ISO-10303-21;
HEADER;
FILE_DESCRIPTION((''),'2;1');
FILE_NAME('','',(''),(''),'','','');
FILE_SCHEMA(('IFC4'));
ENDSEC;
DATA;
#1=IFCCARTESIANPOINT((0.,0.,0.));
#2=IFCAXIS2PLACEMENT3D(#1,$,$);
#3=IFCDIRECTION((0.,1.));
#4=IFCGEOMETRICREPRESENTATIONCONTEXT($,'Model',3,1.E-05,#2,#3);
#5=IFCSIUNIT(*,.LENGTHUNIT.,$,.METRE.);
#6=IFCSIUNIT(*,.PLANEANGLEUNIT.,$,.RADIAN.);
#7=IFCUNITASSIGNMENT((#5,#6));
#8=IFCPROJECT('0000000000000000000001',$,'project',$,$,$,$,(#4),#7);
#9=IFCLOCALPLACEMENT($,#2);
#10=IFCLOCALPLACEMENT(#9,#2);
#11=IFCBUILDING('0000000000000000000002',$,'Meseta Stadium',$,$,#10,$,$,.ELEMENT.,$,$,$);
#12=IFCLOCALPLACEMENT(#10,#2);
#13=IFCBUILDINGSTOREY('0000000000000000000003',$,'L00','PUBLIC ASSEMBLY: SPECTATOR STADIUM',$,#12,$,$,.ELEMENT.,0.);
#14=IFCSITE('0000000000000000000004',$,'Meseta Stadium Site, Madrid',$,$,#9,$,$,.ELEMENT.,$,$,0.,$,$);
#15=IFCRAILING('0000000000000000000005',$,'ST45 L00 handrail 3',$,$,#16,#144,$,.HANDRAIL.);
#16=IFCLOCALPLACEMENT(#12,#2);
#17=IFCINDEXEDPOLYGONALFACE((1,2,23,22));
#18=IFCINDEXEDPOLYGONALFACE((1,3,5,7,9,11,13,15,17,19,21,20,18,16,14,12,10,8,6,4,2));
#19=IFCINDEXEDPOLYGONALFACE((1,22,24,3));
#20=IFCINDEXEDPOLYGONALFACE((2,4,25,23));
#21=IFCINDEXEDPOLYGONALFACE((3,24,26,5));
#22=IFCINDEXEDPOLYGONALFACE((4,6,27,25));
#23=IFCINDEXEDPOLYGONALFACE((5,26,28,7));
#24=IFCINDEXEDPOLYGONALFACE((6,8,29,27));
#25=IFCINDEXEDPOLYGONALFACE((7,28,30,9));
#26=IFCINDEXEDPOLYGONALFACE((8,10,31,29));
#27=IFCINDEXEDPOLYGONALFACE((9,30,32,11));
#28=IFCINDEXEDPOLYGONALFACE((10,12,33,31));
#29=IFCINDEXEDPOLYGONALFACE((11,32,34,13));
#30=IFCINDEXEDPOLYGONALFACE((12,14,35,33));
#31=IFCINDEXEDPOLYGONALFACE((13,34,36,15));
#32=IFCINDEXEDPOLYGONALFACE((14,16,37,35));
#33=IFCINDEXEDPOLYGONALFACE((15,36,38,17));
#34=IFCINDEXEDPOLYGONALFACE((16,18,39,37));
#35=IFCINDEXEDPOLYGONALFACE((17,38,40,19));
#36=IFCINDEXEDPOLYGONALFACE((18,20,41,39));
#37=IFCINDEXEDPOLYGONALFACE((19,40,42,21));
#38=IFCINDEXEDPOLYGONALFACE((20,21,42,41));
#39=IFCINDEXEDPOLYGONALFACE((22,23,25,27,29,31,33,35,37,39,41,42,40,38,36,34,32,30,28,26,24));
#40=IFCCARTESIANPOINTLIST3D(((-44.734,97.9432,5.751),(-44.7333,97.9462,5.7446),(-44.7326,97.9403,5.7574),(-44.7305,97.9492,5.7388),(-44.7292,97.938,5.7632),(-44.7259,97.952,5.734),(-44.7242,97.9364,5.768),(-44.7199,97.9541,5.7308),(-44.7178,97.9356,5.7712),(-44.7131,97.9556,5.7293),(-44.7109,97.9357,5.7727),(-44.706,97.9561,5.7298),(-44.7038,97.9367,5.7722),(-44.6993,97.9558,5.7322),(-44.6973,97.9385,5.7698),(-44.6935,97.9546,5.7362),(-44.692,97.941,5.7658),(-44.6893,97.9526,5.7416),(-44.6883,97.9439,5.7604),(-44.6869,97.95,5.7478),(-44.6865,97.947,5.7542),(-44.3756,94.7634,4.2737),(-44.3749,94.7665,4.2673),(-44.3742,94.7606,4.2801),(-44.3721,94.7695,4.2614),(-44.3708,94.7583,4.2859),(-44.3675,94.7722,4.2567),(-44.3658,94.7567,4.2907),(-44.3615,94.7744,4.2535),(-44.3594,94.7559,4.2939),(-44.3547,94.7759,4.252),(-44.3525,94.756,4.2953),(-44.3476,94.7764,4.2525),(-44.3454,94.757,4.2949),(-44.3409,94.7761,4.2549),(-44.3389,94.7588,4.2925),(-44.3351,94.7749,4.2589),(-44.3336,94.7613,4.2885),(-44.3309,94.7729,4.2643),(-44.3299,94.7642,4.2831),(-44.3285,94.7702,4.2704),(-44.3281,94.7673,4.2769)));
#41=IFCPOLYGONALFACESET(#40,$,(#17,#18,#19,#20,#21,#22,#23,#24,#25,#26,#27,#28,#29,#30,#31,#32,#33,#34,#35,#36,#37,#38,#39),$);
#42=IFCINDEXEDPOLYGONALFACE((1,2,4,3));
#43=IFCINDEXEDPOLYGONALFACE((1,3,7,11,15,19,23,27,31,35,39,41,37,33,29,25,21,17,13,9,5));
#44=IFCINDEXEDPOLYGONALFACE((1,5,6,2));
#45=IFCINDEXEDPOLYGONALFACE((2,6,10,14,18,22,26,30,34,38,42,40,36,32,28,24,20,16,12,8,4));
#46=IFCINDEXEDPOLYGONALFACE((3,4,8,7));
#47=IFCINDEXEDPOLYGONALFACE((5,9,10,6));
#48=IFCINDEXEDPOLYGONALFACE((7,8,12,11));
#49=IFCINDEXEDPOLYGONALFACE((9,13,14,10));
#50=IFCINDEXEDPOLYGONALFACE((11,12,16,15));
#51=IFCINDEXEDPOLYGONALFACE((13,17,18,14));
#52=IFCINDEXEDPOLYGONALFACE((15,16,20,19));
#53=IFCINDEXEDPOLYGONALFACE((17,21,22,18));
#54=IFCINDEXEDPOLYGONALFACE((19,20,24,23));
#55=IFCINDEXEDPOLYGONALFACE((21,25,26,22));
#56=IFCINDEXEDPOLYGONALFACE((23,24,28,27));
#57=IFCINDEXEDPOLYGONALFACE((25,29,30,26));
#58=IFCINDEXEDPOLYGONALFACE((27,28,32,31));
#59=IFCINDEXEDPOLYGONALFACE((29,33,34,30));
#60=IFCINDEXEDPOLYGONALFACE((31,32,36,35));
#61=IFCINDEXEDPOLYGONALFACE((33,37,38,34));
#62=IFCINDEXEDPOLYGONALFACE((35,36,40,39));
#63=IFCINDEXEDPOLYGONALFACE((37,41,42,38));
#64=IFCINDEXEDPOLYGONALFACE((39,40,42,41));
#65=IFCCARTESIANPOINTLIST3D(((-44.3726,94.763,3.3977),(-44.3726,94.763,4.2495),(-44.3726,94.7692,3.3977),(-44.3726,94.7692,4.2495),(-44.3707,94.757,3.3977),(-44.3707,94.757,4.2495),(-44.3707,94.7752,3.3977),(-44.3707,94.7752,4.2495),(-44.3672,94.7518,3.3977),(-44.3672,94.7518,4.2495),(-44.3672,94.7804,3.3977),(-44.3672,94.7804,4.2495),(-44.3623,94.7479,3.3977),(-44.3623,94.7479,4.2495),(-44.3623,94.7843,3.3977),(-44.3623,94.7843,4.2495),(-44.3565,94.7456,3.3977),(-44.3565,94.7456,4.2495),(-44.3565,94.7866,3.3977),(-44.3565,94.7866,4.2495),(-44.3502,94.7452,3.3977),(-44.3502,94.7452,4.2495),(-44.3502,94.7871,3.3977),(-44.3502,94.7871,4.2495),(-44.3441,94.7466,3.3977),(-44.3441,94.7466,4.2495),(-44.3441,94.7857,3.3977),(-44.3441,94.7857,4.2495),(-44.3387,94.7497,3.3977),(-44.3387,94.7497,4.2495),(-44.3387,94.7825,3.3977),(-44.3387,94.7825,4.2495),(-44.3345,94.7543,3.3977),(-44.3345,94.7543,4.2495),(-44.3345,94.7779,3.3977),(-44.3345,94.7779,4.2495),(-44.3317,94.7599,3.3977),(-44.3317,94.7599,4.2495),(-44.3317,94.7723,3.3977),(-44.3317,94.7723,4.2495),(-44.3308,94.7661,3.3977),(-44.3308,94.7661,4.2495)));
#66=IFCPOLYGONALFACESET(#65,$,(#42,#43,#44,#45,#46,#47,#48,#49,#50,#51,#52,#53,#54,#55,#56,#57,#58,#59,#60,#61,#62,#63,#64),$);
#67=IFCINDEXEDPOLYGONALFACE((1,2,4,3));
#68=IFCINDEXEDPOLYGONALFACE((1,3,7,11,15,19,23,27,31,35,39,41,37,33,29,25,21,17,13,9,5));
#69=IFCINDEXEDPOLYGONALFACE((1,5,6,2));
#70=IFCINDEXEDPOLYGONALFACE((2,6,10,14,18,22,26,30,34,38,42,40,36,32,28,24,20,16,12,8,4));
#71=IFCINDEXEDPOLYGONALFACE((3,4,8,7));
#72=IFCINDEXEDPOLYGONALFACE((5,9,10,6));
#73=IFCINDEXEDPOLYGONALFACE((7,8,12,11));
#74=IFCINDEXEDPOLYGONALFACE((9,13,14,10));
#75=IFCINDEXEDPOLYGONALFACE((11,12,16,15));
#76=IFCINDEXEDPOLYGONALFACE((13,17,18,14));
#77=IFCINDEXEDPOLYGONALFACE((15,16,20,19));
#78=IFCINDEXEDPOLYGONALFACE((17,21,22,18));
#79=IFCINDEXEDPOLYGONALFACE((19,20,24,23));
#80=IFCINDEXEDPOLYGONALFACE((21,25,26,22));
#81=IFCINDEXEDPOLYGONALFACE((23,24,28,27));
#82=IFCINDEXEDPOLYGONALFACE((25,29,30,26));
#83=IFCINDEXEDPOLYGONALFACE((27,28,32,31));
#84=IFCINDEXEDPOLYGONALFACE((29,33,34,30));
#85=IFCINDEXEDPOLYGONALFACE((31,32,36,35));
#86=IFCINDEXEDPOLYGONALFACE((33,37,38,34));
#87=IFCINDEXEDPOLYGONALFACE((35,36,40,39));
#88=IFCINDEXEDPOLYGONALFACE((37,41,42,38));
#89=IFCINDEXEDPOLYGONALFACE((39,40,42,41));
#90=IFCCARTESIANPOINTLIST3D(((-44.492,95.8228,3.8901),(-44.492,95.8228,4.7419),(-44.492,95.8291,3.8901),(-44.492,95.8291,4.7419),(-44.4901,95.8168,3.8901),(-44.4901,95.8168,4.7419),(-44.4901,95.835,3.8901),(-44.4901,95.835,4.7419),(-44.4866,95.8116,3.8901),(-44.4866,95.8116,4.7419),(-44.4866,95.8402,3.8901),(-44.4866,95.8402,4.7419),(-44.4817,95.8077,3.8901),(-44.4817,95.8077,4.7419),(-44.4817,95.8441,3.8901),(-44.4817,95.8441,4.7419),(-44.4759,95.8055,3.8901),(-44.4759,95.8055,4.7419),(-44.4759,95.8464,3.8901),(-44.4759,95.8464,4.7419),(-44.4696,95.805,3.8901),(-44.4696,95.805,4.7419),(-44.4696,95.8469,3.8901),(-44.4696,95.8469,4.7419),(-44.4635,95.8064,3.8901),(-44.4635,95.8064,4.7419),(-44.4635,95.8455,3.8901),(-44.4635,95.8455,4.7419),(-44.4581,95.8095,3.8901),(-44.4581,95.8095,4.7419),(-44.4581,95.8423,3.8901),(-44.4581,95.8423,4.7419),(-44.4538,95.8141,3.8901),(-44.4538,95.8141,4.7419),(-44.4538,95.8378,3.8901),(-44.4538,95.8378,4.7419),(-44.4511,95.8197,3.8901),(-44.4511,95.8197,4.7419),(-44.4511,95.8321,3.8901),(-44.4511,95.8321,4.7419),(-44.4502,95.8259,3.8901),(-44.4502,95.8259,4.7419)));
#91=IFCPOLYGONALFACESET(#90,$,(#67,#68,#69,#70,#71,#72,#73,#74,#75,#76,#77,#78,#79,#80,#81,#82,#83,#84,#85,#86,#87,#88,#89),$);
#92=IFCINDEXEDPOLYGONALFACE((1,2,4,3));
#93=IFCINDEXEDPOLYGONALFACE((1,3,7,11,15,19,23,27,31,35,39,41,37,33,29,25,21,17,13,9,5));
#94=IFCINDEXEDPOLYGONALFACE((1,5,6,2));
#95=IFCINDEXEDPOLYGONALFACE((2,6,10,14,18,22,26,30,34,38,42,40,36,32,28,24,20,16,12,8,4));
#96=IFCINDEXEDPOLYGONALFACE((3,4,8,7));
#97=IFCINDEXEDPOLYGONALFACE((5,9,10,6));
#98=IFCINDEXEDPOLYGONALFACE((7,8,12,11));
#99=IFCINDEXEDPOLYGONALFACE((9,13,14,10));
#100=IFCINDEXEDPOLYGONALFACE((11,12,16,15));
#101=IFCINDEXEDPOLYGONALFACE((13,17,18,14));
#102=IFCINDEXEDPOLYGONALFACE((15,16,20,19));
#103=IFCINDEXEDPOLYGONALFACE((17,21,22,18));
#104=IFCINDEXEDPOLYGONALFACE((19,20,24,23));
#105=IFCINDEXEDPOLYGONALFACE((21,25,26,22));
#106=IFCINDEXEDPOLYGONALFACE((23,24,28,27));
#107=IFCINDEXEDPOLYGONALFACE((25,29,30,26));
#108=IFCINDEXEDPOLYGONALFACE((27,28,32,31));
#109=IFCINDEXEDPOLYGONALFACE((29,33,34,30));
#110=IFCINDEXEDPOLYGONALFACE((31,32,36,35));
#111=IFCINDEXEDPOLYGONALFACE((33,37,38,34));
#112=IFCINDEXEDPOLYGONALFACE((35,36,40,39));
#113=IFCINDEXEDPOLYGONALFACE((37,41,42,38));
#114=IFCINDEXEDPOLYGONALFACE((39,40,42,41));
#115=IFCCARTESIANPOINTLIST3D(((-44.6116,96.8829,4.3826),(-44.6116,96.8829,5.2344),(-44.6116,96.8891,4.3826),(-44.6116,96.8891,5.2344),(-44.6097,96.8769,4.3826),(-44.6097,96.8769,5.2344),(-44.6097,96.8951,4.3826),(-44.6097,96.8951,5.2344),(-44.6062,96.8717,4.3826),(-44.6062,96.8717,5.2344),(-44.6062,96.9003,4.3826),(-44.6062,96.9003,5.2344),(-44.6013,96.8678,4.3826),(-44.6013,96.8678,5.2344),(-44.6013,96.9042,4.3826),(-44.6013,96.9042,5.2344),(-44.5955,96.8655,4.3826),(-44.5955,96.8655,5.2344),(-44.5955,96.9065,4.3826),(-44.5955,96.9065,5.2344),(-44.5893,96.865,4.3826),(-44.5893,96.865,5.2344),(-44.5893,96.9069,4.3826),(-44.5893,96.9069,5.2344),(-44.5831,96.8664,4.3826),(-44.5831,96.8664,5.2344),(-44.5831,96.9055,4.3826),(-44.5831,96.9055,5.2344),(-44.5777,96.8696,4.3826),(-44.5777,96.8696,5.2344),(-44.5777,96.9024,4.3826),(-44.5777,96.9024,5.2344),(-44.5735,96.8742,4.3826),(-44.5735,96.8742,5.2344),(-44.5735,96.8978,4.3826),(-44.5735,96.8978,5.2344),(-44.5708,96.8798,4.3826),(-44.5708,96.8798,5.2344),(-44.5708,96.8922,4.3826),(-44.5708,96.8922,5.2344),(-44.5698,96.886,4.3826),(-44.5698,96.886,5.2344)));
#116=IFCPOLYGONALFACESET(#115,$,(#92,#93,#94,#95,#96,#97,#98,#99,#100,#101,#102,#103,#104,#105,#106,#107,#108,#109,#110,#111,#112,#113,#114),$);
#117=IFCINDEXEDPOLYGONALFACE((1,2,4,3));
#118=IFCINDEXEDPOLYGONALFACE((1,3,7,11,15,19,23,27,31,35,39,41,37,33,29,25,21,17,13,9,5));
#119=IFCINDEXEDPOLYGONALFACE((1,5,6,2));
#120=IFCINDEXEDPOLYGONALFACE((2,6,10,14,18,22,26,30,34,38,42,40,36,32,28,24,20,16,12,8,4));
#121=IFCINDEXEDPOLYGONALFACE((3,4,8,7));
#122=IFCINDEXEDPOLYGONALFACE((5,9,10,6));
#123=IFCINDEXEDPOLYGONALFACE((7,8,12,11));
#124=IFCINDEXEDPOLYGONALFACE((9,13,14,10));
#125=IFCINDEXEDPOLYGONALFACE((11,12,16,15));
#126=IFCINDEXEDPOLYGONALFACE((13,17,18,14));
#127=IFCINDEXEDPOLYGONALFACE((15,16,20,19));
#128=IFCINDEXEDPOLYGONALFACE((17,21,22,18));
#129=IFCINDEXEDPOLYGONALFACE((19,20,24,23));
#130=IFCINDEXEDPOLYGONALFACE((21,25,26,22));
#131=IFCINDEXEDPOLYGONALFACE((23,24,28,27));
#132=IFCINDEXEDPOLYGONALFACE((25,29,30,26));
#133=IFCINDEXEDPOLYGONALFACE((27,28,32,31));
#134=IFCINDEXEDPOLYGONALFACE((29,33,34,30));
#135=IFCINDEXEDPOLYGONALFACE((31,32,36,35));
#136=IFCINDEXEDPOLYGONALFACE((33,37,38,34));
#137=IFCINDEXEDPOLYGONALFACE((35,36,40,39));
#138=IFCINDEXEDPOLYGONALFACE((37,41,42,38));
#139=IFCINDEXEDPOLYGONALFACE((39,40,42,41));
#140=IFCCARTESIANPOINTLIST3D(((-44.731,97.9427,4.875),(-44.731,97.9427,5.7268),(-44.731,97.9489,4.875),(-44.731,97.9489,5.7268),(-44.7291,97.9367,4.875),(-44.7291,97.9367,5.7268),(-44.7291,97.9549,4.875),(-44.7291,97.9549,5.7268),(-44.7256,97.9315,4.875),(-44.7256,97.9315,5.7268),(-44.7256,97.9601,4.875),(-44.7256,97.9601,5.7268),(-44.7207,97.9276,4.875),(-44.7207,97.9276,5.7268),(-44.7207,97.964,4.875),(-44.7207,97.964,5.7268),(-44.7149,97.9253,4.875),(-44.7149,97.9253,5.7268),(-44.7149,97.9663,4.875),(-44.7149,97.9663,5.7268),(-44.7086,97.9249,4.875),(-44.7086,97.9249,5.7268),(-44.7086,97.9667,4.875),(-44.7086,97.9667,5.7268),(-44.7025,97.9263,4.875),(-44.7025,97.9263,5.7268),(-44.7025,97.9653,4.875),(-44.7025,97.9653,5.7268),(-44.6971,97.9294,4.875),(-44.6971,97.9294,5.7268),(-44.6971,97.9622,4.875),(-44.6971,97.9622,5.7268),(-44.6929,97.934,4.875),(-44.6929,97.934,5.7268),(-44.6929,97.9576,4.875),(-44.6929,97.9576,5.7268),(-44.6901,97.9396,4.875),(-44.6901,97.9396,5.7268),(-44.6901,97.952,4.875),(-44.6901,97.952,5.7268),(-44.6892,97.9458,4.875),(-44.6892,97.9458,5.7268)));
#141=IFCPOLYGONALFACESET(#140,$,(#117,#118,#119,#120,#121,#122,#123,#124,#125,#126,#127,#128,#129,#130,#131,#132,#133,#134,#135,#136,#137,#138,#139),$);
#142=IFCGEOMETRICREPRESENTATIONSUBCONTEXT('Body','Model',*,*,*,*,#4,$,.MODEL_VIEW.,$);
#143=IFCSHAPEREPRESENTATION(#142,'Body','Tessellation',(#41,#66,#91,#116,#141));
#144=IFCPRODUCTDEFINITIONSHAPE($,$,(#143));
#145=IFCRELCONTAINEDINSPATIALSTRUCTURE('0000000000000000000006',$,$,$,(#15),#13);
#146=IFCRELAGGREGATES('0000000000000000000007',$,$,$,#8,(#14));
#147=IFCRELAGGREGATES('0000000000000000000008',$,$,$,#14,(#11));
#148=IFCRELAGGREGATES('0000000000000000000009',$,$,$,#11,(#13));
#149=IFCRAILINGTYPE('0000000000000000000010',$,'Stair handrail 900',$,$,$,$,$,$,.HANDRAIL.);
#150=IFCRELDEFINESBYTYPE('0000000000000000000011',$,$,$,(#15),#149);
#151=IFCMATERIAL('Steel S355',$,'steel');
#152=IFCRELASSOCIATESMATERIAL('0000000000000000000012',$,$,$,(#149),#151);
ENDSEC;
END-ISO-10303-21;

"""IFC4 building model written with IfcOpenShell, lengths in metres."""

from ifc_helpers import new_model, si_unit, direction, frame, origin, origin_2d, place, context, subcontext, project, spatial, circle, extrude, material, type_object, element, save


model = new_model("IFC4")

# Units and contexts
model_context = context("Model", 3, precision=1e-05, world=origin(), true_north=direction((0.0, 1.0)))
body_context = subcontext(model_context, "Body", "Model", "MODEL_VIEW")
ifc_project = project(units=[si_unit("LENGTHUNIT", "METRE"), si_unit("PLANEANGLEUNIT", "RADIAN")], contexts=[model_context])

# Site, building, storey
site_placement = place(None, origin())
site = spatial("IfcSite", under=ifc_project, at=site_placement, Name="Meseta Stadium Site, Madrid", CompositionType="ELEMENT", RefElevation=0.0)
building_placement = place(site_placement, origin())
building = spatial("IfcBuilding", under=site, at=building_placement, Name="Meseta Stadium", CompositionType="ELEMENT")
storey_placement = place(building_placement, origin())
storey = spatial("IfcBuildingStorey", under=building, at=storey_placement, Name="L00", Description="PUBLIC ASSEMBLY: SPECTATOR STADIUM", CompositionType="ELEMENT", Elevation=0.0)

# Railing
ifc_material_1 = material(Name="Steel S355", Category="steel")
railing_type = type_object("IfcRailingType", Name="Stair handrail 900", PredefinedType="HANDRAIL", material=ifc_material_1)
for number, where, name in (
    (1, (-44.3518, 94.7661, 3.3977), "ST45 L00 handrail 3"),
):
    element("IfcRailing", number, at=place(storey_placement, frame(where)), inside=storey, type_object=railing_type, Name=name, PredefinedType="HANDRAIL", context=body_context, shape_type="SweptSolid", body=[
        extrude(circle(Radius=0.0239, at=origin_2d()), frame((0.0, 0.0, 0.876), z_axis=(-0.101691, 0.902197, 0.419164), x_axis=(-0.993708, -0.112006, 0.0)), (0.0, 0.0, 1.0), 3.5244),
        extrude(circle(Radius=0.021, at=origin_2d()), origin(), (0.0, 0.0, 1.0), 0.8518),
        extrude(circle(Radius=0.021, at=origin_2d()), frame((-0.1194, 1.0598, 0.4924)), (0.0, 0.0, 1.0), 0.8518),
        extrude(circle(Radius=0.021, at=origin_2d()), frame((-0.239, 2.1199, 0.9849)), (0.0, 0.0, 1.0), 0.8518),
        extrude(circle(Radius=0.021, at=origin_2d()), frame((-0.3584, 3.1797, 1.4773)), (0.0, 0.0, 1.0), 0.8518),
    ])

save(model, "model.ifc")
